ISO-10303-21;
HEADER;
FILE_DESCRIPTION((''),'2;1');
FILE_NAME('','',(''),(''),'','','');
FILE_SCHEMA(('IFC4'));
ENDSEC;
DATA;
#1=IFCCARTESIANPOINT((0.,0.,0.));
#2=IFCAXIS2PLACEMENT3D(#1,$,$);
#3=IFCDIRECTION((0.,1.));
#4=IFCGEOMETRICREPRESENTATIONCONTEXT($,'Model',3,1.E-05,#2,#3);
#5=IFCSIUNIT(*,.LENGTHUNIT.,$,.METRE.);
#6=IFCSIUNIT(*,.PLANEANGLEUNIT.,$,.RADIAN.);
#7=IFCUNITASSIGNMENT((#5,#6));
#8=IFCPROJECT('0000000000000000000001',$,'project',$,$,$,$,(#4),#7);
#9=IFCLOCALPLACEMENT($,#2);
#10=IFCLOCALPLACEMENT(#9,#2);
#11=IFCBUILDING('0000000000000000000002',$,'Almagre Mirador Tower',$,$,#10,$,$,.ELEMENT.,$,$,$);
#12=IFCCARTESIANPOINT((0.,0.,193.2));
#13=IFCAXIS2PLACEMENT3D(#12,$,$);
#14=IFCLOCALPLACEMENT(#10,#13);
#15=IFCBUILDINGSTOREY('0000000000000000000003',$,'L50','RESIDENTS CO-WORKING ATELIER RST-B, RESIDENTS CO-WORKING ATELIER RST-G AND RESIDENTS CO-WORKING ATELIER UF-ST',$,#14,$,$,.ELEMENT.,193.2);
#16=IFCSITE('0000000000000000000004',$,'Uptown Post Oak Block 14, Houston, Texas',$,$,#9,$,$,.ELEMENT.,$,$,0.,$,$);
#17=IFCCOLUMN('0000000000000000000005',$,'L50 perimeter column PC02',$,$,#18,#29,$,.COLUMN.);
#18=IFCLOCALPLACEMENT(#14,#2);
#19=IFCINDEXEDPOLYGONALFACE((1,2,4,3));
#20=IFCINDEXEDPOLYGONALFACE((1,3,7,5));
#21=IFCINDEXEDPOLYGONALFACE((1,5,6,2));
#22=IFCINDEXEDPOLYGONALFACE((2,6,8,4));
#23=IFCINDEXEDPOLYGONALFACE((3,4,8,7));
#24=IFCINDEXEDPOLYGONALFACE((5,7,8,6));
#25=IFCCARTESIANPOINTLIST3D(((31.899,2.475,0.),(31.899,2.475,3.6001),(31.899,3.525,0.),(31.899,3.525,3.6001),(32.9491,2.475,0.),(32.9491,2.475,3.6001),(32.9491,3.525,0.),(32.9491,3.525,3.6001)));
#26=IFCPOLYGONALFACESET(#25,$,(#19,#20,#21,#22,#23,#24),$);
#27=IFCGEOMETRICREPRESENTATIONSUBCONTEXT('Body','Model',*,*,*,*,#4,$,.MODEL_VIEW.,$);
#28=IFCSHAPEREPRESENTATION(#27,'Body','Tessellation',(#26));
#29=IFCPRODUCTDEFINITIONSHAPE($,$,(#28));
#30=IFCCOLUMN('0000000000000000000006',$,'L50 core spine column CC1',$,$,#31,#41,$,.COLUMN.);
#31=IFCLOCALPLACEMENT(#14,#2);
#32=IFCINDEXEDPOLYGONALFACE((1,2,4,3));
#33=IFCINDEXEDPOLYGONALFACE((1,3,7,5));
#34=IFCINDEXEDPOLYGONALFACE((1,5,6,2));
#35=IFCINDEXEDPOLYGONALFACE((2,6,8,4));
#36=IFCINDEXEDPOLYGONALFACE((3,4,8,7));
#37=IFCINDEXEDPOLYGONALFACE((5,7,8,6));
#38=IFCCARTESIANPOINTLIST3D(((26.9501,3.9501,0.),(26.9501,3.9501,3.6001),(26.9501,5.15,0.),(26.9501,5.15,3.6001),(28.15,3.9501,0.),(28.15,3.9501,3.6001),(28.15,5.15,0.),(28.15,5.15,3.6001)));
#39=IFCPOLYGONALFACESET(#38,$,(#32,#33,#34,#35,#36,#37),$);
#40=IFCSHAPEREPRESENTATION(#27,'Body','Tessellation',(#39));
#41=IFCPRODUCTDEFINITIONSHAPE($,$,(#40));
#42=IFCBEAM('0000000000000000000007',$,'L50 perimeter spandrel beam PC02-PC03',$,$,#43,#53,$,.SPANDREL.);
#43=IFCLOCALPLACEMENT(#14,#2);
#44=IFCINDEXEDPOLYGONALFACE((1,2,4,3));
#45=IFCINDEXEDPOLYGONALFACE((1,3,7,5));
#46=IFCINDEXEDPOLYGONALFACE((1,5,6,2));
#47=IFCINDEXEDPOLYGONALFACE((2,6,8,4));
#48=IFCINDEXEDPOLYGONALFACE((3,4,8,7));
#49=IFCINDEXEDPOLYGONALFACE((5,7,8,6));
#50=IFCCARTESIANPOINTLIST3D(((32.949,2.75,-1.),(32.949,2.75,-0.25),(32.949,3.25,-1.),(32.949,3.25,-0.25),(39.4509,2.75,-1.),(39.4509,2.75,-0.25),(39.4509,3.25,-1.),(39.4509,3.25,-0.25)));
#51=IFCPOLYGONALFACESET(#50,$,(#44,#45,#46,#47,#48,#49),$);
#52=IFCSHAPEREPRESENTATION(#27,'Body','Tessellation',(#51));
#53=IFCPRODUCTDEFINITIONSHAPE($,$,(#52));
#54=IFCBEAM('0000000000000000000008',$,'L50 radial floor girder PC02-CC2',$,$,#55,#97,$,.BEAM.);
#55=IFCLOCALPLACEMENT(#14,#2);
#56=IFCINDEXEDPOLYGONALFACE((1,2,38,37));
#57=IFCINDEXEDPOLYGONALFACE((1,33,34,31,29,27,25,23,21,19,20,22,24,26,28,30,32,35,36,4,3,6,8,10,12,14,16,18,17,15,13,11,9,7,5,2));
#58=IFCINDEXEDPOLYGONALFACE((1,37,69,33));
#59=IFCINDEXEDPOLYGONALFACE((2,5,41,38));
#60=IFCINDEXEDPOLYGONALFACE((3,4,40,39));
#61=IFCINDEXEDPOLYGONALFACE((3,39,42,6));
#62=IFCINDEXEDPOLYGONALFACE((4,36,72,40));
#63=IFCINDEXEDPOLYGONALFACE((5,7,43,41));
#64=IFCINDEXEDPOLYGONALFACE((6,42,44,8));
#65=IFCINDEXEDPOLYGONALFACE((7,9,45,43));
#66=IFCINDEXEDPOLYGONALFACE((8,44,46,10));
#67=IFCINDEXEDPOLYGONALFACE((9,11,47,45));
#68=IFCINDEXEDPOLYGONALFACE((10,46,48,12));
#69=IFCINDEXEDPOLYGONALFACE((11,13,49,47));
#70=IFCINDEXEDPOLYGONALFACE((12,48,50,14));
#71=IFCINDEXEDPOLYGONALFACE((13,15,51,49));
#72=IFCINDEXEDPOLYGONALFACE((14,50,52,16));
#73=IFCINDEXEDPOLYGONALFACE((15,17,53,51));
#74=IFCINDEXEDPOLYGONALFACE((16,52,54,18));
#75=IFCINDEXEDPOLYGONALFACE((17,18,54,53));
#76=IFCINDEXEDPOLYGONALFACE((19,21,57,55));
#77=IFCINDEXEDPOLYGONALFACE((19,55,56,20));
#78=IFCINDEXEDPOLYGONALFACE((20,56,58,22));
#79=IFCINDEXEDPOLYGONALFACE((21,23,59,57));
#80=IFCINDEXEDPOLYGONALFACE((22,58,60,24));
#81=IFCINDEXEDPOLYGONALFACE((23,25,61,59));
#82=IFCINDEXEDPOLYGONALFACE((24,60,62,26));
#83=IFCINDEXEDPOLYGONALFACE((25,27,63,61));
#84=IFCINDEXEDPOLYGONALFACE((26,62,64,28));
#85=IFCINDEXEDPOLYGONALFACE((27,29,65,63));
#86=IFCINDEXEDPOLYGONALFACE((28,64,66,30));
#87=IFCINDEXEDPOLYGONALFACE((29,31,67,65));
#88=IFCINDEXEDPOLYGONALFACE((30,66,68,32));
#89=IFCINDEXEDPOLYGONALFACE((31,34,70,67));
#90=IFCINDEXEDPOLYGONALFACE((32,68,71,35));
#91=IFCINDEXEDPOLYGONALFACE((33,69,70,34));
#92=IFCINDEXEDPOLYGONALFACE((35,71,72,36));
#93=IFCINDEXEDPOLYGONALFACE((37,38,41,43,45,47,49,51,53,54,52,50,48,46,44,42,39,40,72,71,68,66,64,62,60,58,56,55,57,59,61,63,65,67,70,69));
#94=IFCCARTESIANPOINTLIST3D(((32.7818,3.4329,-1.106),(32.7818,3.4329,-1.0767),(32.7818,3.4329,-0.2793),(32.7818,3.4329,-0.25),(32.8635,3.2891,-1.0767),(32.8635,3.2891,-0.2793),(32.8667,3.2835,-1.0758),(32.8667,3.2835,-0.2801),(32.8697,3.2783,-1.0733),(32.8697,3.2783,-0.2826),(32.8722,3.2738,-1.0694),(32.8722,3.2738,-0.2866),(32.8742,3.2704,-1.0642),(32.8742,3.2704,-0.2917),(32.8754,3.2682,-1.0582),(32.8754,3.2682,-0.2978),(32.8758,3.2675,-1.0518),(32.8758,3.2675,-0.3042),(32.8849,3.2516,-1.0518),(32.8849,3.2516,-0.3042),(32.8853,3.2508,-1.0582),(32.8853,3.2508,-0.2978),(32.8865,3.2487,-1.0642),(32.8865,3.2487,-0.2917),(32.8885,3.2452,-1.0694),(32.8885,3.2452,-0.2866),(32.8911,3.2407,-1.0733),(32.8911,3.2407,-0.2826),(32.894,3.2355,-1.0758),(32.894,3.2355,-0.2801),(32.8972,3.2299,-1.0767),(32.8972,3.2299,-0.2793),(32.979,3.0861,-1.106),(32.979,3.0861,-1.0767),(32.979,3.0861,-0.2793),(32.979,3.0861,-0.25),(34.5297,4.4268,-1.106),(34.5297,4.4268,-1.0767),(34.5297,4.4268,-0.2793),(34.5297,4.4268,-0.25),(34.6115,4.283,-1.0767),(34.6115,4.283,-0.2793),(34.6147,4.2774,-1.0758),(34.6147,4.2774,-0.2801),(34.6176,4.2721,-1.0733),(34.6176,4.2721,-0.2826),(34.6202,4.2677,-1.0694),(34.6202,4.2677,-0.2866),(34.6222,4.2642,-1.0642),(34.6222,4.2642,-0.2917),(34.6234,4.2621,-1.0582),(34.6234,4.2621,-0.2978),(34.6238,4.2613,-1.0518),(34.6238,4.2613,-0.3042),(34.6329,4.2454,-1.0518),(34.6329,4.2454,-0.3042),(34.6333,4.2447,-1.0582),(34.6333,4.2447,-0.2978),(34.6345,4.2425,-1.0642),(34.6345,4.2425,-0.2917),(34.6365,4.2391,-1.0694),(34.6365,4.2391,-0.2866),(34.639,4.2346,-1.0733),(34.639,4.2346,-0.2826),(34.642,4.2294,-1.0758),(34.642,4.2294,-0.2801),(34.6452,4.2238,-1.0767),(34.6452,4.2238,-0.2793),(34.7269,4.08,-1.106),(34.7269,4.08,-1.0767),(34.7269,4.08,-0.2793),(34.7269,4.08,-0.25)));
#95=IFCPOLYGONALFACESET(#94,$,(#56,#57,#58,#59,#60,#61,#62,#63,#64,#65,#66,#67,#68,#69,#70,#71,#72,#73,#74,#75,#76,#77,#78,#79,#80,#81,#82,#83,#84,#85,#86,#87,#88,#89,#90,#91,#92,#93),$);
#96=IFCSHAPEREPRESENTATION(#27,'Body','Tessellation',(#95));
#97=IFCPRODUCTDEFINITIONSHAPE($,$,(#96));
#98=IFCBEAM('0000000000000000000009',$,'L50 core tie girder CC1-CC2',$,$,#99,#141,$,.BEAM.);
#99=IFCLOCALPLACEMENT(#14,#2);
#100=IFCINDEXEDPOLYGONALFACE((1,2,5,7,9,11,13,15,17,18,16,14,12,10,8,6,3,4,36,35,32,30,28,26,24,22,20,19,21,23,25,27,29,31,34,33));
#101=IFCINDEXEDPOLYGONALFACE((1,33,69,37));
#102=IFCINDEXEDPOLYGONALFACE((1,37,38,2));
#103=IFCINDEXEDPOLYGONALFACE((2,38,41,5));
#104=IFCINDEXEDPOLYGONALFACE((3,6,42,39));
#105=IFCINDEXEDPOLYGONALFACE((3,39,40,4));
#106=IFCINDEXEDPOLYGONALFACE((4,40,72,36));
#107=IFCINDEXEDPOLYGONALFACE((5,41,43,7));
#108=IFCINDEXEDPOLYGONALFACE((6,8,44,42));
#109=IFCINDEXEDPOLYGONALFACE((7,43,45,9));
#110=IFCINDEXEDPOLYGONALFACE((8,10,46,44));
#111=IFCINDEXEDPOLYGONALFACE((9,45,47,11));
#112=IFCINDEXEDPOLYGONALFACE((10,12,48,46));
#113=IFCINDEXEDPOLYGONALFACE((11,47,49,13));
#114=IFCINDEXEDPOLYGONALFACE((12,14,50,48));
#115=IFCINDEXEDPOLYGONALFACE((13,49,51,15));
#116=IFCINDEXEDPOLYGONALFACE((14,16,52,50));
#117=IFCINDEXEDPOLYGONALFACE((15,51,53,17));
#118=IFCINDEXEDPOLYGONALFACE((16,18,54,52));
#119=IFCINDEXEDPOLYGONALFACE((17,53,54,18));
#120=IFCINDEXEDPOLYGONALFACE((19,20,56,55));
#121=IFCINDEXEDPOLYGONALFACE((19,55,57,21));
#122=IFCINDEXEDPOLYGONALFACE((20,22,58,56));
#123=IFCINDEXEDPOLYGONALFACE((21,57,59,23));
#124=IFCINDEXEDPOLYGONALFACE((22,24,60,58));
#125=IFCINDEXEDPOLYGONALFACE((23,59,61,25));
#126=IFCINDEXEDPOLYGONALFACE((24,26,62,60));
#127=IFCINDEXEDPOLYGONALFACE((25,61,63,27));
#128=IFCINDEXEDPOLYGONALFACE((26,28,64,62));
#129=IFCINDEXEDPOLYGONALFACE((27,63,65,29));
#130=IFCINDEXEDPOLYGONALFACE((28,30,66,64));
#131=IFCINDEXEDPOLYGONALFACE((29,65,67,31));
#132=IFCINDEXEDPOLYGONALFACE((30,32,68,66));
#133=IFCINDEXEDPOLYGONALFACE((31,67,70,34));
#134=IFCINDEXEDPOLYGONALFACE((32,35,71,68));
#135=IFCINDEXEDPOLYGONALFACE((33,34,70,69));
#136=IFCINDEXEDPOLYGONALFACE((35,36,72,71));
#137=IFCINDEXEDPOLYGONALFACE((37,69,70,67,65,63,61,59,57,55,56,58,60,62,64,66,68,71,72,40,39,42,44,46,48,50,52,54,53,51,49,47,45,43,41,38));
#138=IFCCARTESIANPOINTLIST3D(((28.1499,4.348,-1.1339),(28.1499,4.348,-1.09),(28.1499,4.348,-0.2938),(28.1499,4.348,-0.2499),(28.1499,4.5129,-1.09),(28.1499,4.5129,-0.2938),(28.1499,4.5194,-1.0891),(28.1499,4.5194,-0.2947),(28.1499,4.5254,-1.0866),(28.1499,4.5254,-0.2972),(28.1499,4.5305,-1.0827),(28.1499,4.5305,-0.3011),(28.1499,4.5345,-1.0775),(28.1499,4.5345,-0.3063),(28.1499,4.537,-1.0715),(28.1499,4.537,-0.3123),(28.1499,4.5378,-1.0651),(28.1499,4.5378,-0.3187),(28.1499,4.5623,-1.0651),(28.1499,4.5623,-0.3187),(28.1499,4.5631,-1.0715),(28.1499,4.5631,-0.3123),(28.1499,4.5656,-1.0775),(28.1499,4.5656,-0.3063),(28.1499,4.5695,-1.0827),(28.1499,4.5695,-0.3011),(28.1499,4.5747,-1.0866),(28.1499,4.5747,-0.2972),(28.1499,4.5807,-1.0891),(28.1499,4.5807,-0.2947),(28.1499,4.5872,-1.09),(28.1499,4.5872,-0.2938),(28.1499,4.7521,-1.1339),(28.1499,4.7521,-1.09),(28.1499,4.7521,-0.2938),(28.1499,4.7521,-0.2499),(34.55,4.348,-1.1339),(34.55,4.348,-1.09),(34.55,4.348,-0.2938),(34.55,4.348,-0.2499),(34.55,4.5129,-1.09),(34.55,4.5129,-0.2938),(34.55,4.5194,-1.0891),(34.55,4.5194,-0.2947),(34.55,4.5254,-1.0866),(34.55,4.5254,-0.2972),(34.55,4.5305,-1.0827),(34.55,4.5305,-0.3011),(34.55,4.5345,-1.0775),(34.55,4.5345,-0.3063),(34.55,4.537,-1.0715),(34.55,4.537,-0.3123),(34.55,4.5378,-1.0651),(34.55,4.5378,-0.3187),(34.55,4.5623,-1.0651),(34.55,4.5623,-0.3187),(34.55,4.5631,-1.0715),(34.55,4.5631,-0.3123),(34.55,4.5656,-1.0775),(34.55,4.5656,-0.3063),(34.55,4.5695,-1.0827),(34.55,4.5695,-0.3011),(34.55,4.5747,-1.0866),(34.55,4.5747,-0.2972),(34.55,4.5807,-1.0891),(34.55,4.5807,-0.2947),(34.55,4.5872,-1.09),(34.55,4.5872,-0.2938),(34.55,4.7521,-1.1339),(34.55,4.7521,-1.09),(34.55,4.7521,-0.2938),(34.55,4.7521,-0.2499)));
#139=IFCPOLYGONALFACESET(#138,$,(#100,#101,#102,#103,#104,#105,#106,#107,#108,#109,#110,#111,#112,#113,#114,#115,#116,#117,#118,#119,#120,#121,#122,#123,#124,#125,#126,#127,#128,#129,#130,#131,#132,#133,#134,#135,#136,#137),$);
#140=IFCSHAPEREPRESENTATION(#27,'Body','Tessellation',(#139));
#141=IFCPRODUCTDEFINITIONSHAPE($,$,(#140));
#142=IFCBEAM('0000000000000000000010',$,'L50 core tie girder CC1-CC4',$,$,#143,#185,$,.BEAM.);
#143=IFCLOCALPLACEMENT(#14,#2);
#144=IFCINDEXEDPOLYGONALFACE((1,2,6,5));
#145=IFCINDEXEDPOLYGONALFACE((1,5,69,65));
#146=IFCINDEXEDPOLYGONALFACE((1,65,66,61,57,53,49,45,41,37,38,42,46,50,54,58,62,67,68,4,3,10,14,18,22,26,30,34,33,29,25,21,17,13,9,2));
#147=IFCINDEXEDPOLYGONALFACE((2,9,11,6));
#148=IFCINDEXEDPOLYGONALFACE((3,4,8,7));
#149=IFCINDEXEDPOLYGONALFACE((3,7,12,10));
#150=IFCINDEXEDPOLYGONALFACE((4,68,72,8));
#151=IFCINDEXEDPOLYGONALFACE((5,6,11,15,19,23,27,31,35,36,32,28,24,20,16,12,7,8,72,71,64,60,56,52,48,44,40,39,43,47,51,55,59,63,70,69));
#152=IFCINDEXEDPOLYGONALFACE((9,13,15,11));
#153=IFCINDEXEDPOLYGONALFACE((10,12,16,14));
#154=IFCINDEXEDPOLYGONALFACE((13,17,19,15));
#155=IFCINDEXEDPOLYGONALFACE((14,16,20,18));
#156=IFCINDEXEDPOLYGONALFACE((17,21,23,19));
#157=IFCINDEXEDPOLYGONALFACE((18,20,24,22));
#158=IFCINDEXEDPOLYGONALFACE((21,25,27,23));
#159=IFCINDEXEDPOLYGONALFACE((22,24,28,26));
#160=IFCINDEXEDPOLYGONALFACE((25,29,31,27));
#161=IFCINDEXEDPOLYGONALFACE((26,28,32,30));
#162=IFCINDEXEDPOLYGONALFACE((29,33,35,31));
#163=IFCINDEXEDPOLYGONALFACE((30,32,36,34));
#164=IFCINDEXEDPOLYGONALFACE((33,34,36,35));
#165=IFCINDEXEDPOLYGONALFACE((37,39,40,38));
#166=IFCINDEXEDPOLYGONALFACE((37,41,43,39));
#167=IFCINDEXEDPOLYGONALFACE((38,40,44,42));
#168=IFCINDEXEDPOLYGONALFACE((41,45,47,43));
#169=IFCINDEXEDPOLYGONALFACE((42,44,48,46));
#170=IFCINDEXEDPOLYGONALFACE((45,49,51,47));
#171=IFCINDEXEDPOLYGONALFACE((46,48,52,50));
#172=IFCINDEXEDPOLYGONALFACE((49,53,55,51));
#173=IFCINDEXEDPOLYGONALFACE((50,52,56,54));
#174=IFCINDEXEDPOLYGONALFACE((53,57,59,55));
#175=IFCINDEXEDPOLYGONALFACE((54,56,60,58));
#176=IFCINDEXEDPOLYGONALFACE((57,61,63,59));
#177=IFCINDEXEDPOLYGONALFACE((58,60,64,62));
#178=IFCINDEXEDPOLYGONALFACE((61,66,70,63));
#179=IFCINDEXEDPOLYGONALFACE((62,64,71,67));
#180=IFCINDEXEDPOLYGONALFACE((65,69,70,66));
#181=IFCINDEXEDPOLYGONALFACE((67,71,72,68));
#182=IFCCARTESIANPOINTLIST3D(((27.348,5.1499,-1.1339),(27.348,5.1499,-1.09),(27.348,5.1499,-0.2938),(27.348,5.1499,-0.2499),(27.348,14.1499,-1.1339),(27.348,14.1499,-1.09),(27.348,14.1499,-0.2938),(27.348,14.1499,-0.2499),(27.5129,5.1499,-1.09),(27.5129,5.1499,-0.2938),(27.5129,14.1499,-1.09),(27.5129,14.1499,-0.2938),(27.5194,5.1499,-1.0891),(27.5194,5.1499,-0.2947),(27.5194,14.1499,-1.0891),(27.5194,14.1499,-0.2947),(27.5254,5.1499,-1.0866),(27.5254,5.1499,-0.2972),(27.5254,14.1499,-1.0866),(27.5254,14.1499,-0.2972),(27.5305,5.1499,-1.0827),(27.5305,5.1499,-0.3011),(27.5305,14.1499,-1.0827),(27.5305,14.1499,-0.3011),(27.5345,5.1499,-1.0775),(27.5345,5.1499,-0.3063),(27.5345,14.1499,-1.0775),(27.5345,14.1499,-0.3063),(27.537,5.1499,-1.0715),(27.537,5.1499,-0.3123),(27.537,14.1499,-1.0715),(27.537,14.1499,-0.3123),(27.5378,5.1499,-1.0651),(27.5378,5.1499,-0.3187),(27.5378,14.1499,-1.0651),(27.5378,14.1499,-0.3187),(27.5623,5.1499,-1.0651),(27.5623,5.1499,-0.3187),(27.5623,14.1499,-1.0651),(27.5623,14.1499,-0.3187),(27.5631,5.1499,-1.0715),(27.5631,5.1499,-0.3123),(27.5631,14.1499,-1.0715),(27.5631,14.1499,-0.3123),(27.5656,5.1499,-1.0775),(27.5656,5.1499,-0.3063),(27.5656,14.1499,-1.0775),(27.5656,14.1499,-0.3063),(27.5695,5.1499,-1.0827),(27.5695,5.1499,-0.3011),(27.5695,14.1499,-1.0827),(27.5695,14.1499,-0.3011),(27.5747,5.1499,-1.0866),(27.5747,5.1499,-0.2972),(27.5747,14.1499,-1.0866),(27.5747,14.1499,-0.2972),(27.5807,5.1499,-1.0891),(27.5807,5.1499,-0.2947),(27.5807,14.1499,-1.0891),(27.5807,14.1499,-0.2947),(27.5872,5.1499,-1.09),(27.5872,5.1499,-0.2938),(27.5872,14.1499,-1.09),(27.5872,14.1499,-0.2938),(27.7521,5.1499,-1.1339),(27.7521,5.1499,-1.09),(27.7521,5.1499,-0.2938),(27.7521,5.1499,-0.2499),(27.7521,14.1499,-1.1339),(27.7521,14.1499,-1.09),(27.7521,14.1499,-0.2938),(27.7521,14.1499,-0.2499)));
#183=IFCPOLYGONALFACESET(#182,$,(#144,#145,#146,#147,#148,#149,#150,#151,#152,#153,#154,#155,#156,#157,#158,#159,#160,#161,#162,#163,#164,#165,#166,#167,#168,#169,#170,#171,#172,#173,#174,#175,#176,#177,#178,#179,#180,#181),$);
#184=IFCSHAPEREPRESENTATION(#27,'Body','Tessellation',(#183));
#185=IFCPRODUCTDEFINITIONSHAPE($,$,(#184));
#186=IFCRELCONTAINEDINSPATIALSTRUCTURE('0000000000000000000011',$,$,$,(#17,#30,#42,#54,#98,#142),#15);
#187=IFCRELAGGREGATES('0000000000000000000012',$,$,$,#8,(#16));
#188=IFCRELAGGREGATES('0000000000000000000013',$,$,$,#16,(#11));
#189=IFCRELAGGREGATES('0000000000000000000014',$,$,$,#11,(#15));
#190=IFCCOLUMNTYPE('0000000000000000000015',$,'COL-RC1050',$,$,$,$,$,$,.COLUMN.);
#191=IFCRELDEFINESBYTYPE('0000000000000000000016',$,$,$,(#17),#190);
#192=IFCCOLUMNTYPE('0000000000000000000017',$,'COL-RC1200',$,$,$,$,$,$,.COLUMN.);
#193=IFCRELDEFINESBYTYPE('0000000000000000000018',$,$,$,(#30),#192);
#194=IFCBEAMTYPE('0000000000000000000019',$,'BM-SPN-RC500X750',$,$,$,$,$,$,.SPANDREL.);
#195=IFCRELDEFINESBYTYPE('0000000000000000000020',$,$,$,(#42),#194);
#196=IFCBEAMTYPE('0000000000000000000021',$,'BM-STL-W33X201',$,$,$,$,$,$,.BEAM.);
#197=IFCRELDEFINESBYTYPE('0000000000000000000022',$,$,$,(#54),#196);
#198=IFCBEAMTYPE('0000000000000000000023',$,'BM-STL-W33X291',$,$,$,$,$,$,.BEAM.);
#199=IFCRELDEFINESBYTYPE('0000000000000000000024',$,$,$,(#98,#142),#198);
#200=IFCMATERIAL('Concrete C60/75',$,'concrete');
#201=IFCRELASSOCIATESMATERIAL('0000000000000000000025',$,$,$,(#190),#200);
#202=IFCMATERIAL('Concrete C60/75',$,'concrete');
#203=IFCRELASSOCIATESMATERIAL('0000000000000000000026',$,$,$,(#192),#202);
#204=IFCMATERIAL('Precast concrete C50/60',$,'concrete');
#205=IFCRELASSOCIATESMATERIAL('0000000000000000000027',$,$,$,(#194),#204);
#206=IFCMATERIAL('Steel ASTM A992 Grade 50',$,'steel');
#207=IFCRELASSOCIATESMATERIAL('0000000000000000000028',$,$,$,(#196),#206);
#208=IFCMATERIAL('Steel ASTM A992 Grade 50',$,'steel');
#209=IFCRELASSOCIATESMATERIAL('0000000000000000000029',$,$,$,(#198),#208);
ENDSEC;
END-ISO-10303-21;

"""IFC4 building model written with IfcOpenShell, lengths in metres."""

from ifc_helpers import new_model, si_unit, direction, frame, origin, origin_2d, place, context, subcontext, project, spatial, rectangle, i_section, extrude, material, material_profile, profile_set, type_object, element, save


model = new_model("IFC4")

# Units and contexts
model_context = context("Model", 3, precision=1e-05, world=origin(), true_north=direction((0.0, 1.0)))
body_context = subcontext(model_context, "Body", "Model", "MODEL_VIEW")
ifc_project = project(units=[si_unit("LENGTHUNIT", "METRE"), si_unit("PLANEANGLEUNIT", "RADIAN")], contexts=[model_context])

# Site, building, storey
site_placement = place(None, origin())
site = spatial("IfcSite", under=ifc_project, at=site_placement, Name="Uptown Post Oak Block 14, Houston, Texas", CompositionType="ELEMENT", RefElevation=0.0)
building_placement = place(site_placement, origin())
building = spatial("IfcBuilding", under=site, at=building_placement, Name="Almagre Mirador Tower", CompositionType="ELEMENT")
storey_placement = place(building_placement, frame((0.0, 0.0, 193.2)))
storey = spatial("IfcBuildingStorey", under=building, at=storey_placement, Name="L50", Description="RESIDENTS CO-WORKING ATELIER RST-B, RESIDENTS CO-WORKING ATELIER RST-G AND RESIDENTS CO-WORKING ATELIER UF-ST", CompositionType="ELEMENT", Elevation=193.2)

# Columns
ifc_material_1 = material(Name="Concrete C60/75", Category="concrete")
ifc_material_profile_1 = material_profile(ifc_material_1, rectangle(XDim=1.05, YDim=1.05, at=origin_2d()), Name="RC1050X1050")
ifc_profile_set_1 = profile_set([ifc_material_profile_1], Name="Concrete C60/75")
column_type_1 = type_object("IfcColumnType", Name="COL-RC1050", PredefinedType="COLUMN", material=ifc_profile_set_1)
column_1_placement = place(storey_placement, frame((32.4241, 3.0, 0.0), z_axis=(0.0, 0.0, 1.0), x_axis=(1.0, 0.0, 0.0)))
element("IfcColumn", 1, at=column_1_placement, inside=storey, type_object=column_type_1, Name="L50 perimeter column PC02", PredefinedType="COLUMN", context=body_context, shape_type="SweptSolid", body=[
    extrude(rectangle(XDim=1.05, YDim=1.05, at=origin_2d()), origin(), (0.0, 0.0, 1.0), 3.6001),
])
ifc_material_2 = material(Name="Concrete C60/75", Category="concrete")
ifc_material_profile_2 = material_profile(ifc_material_2, rectangle(XDim=1.2, YDim=1.2, at=origin_2d()), Name="RC1200X1200")
ifc_profile_set_2 = profile_set([ifc_material_profile_2], Name="Concrete C60/75")
column_type_2 = type_object("IfcColumnType", Name="COL-RC1200", PredefinedType="COLUMN", material=ifc_profile_set_2)
column_2_placement = place(storey_placement, frame((27.55, 4.55, 0.0), z_axis=(0.0, 0.0, 1.0), x_axis=(1.0, 0.0, 0.0)))
element("IfcColumn", 2, at=column_2_placement, inside=storey, type_object=column_type_2, Name="L50 core spine column CC1", PredefinedType="COLUMN", context=body_context, shape_type="SweptSolid", body=[
    extrude(rectangle(XDim=1.2, YDim=1.2, at=origin_2d()), origin(), (0.0, 0.0, 1.0), 3.6001),
])

# Beams
ifc_material_3 = material(Name="Precast concrete C50/60", Category="concrete")
ifc_material_profile_3 = material_profile(ifc_material_3, rectangle(XDim=0.5, YDim=0.75, at=origin_2d()), Name="RC500X750")
ifc_profile_set_3 = profile_set([ifc_material_profile_3], Name="Precast concrete C50/60")
beam_type_1 = type_object("IfcBeamType", Name="BM-SPN-RC500X750", PredefinedType="SPANDREL", material=ifc_profile_set_3)
beam_1_placement = place(storey_placement, frame((32.949, 3.0, -0.625), z_axis=(1.0, 0.0, 0.0), x_axis=(0.0, 1.0, 0.0)))
element("IfcBeam", 3, at=beam_1_placement, inside=storey, type_object=beam_type_1, Name="L50 perimeter spandrel beam PC02-PC03", PredefinedType="SPANDREL", context=body_context, shape_type="SweptSolid", body=[
    extrude(rectangle(XDim=0.5, YDim=0.75, at=origin_2d()), origin(), (0.0, 0.0, 1.0), 6.502),
])
ifc_material_4 = material(Name="Steel ASTM A992 Grade 50", Category="steel")
ifc_material_profile_4 = material_profile(ifc_material_4, i_section(OverallWidth=0.3989, OverallDepth=0.856, WebThickness=0.0183, FlangeThickness=0.0293, FilletRadius=0.0249, at=origin_2d()), Name="W33X201")
ifc_profile_set_4 = profile_set([ifc_material_profile_4], Name="Steel ASTM A992 Grade 50")
beam_type_2 = type_object("IfcBeamType", Name="BM-STL-W33X201", PredefinedType="BEAM", material=ifc_profile_set_4)
beam_2_placement = place(storey_placement, frame((32.8804, 3.2595, -0.678), z_axis=(0.86931, 0.494268, 0.0), x_axis=(-0.494268, 0.86931, 0.0)))
element("IfcBeam", 4, at=beam_2_placement, inside=storey, type_object=beam_type_2, Name="L50 radial floor girder PC02-CC2", PredefinedType="BEAM", context=body_context, shape_type="SweptSolid", body=[
    extrude(i_section(OverallWidth=0.3989, OverallDepth=0.856, WebThickness=0.0183, FlangeThickness=0.0293, FilletRadius=0.0249, at=origin_2d()), origin(), (0.0, 0.0, 1.0), 2.0107),
])
ifc_material_5 = material(Name="Steel ASTM A992 Grade 50", Category="steel")
ifc_material_profile_5 = material_profile(ifc_material_5, i_section(OverallWidth=0.4041, OverallDepth=0.884, WebThickness=0.0244, FlangeThickness=0.0439, FilletRadius=0.0249, at=origin_2d()), Name="W33X291")
ifc_profile_set_5 = profile_set([ifc_material_profile_5], Name="Steel ASTM A992 Grade 50")
beam_type_3 = type_object("IfcBeamType", Name="BM-STL-W33X291", PredefinedType="BEAM", material=ifc_profile_set_5)
beam_3_placement = place(storey_placement, frame((28.1499, 4.55, -0.6919), z_axis=(1.0, 0.0, 0.0), x_axis=(0.0, 1.0, 0.0)))
element("IfcBeam", 5, at=beam_3_placement, inside=storey, type_object=beam_type_3, Name="L50 core tie girder CC1-CC2", PredefinedType="BEAM", context=body_context, shape_type="SweptSolid", body=[
    extrude(i_section(OverallWidth=0.4041, OverallDepth=0.884, WebThickness=0.0244, FlangeThickness=0.0439, FilletRadius=0.0249, at=origin_2d()), origin(), (0.0, 0.0, 1.0), 6.4001),
])
beam_4_placement = place(storey_placement, frame((27.55, 5.1499, -0.6919), z_axis=(0.0, 1.0, 0.0), x_axis=(-1.0, 0.0, 0.0)))
element("IfcBeam", 6, at=beam_4_placement, inside=storey, type_object=beam_type_3, Name="L50 core tie girder CC1-CC4", PredefinedType="BEAM", context=body_context, shape_type="SweptSolid", body=[
    extrude(i_section(OverallWidth=0.4041, OverallDepth=0.884, WebThickness=0.0244, FlangeThickness=0.0439, FilletRadius=0.0249, at=origin_2d()), origin(), (0.0, 0.0, 1.0), 9.0),
])

save(model, "model.ifc")
